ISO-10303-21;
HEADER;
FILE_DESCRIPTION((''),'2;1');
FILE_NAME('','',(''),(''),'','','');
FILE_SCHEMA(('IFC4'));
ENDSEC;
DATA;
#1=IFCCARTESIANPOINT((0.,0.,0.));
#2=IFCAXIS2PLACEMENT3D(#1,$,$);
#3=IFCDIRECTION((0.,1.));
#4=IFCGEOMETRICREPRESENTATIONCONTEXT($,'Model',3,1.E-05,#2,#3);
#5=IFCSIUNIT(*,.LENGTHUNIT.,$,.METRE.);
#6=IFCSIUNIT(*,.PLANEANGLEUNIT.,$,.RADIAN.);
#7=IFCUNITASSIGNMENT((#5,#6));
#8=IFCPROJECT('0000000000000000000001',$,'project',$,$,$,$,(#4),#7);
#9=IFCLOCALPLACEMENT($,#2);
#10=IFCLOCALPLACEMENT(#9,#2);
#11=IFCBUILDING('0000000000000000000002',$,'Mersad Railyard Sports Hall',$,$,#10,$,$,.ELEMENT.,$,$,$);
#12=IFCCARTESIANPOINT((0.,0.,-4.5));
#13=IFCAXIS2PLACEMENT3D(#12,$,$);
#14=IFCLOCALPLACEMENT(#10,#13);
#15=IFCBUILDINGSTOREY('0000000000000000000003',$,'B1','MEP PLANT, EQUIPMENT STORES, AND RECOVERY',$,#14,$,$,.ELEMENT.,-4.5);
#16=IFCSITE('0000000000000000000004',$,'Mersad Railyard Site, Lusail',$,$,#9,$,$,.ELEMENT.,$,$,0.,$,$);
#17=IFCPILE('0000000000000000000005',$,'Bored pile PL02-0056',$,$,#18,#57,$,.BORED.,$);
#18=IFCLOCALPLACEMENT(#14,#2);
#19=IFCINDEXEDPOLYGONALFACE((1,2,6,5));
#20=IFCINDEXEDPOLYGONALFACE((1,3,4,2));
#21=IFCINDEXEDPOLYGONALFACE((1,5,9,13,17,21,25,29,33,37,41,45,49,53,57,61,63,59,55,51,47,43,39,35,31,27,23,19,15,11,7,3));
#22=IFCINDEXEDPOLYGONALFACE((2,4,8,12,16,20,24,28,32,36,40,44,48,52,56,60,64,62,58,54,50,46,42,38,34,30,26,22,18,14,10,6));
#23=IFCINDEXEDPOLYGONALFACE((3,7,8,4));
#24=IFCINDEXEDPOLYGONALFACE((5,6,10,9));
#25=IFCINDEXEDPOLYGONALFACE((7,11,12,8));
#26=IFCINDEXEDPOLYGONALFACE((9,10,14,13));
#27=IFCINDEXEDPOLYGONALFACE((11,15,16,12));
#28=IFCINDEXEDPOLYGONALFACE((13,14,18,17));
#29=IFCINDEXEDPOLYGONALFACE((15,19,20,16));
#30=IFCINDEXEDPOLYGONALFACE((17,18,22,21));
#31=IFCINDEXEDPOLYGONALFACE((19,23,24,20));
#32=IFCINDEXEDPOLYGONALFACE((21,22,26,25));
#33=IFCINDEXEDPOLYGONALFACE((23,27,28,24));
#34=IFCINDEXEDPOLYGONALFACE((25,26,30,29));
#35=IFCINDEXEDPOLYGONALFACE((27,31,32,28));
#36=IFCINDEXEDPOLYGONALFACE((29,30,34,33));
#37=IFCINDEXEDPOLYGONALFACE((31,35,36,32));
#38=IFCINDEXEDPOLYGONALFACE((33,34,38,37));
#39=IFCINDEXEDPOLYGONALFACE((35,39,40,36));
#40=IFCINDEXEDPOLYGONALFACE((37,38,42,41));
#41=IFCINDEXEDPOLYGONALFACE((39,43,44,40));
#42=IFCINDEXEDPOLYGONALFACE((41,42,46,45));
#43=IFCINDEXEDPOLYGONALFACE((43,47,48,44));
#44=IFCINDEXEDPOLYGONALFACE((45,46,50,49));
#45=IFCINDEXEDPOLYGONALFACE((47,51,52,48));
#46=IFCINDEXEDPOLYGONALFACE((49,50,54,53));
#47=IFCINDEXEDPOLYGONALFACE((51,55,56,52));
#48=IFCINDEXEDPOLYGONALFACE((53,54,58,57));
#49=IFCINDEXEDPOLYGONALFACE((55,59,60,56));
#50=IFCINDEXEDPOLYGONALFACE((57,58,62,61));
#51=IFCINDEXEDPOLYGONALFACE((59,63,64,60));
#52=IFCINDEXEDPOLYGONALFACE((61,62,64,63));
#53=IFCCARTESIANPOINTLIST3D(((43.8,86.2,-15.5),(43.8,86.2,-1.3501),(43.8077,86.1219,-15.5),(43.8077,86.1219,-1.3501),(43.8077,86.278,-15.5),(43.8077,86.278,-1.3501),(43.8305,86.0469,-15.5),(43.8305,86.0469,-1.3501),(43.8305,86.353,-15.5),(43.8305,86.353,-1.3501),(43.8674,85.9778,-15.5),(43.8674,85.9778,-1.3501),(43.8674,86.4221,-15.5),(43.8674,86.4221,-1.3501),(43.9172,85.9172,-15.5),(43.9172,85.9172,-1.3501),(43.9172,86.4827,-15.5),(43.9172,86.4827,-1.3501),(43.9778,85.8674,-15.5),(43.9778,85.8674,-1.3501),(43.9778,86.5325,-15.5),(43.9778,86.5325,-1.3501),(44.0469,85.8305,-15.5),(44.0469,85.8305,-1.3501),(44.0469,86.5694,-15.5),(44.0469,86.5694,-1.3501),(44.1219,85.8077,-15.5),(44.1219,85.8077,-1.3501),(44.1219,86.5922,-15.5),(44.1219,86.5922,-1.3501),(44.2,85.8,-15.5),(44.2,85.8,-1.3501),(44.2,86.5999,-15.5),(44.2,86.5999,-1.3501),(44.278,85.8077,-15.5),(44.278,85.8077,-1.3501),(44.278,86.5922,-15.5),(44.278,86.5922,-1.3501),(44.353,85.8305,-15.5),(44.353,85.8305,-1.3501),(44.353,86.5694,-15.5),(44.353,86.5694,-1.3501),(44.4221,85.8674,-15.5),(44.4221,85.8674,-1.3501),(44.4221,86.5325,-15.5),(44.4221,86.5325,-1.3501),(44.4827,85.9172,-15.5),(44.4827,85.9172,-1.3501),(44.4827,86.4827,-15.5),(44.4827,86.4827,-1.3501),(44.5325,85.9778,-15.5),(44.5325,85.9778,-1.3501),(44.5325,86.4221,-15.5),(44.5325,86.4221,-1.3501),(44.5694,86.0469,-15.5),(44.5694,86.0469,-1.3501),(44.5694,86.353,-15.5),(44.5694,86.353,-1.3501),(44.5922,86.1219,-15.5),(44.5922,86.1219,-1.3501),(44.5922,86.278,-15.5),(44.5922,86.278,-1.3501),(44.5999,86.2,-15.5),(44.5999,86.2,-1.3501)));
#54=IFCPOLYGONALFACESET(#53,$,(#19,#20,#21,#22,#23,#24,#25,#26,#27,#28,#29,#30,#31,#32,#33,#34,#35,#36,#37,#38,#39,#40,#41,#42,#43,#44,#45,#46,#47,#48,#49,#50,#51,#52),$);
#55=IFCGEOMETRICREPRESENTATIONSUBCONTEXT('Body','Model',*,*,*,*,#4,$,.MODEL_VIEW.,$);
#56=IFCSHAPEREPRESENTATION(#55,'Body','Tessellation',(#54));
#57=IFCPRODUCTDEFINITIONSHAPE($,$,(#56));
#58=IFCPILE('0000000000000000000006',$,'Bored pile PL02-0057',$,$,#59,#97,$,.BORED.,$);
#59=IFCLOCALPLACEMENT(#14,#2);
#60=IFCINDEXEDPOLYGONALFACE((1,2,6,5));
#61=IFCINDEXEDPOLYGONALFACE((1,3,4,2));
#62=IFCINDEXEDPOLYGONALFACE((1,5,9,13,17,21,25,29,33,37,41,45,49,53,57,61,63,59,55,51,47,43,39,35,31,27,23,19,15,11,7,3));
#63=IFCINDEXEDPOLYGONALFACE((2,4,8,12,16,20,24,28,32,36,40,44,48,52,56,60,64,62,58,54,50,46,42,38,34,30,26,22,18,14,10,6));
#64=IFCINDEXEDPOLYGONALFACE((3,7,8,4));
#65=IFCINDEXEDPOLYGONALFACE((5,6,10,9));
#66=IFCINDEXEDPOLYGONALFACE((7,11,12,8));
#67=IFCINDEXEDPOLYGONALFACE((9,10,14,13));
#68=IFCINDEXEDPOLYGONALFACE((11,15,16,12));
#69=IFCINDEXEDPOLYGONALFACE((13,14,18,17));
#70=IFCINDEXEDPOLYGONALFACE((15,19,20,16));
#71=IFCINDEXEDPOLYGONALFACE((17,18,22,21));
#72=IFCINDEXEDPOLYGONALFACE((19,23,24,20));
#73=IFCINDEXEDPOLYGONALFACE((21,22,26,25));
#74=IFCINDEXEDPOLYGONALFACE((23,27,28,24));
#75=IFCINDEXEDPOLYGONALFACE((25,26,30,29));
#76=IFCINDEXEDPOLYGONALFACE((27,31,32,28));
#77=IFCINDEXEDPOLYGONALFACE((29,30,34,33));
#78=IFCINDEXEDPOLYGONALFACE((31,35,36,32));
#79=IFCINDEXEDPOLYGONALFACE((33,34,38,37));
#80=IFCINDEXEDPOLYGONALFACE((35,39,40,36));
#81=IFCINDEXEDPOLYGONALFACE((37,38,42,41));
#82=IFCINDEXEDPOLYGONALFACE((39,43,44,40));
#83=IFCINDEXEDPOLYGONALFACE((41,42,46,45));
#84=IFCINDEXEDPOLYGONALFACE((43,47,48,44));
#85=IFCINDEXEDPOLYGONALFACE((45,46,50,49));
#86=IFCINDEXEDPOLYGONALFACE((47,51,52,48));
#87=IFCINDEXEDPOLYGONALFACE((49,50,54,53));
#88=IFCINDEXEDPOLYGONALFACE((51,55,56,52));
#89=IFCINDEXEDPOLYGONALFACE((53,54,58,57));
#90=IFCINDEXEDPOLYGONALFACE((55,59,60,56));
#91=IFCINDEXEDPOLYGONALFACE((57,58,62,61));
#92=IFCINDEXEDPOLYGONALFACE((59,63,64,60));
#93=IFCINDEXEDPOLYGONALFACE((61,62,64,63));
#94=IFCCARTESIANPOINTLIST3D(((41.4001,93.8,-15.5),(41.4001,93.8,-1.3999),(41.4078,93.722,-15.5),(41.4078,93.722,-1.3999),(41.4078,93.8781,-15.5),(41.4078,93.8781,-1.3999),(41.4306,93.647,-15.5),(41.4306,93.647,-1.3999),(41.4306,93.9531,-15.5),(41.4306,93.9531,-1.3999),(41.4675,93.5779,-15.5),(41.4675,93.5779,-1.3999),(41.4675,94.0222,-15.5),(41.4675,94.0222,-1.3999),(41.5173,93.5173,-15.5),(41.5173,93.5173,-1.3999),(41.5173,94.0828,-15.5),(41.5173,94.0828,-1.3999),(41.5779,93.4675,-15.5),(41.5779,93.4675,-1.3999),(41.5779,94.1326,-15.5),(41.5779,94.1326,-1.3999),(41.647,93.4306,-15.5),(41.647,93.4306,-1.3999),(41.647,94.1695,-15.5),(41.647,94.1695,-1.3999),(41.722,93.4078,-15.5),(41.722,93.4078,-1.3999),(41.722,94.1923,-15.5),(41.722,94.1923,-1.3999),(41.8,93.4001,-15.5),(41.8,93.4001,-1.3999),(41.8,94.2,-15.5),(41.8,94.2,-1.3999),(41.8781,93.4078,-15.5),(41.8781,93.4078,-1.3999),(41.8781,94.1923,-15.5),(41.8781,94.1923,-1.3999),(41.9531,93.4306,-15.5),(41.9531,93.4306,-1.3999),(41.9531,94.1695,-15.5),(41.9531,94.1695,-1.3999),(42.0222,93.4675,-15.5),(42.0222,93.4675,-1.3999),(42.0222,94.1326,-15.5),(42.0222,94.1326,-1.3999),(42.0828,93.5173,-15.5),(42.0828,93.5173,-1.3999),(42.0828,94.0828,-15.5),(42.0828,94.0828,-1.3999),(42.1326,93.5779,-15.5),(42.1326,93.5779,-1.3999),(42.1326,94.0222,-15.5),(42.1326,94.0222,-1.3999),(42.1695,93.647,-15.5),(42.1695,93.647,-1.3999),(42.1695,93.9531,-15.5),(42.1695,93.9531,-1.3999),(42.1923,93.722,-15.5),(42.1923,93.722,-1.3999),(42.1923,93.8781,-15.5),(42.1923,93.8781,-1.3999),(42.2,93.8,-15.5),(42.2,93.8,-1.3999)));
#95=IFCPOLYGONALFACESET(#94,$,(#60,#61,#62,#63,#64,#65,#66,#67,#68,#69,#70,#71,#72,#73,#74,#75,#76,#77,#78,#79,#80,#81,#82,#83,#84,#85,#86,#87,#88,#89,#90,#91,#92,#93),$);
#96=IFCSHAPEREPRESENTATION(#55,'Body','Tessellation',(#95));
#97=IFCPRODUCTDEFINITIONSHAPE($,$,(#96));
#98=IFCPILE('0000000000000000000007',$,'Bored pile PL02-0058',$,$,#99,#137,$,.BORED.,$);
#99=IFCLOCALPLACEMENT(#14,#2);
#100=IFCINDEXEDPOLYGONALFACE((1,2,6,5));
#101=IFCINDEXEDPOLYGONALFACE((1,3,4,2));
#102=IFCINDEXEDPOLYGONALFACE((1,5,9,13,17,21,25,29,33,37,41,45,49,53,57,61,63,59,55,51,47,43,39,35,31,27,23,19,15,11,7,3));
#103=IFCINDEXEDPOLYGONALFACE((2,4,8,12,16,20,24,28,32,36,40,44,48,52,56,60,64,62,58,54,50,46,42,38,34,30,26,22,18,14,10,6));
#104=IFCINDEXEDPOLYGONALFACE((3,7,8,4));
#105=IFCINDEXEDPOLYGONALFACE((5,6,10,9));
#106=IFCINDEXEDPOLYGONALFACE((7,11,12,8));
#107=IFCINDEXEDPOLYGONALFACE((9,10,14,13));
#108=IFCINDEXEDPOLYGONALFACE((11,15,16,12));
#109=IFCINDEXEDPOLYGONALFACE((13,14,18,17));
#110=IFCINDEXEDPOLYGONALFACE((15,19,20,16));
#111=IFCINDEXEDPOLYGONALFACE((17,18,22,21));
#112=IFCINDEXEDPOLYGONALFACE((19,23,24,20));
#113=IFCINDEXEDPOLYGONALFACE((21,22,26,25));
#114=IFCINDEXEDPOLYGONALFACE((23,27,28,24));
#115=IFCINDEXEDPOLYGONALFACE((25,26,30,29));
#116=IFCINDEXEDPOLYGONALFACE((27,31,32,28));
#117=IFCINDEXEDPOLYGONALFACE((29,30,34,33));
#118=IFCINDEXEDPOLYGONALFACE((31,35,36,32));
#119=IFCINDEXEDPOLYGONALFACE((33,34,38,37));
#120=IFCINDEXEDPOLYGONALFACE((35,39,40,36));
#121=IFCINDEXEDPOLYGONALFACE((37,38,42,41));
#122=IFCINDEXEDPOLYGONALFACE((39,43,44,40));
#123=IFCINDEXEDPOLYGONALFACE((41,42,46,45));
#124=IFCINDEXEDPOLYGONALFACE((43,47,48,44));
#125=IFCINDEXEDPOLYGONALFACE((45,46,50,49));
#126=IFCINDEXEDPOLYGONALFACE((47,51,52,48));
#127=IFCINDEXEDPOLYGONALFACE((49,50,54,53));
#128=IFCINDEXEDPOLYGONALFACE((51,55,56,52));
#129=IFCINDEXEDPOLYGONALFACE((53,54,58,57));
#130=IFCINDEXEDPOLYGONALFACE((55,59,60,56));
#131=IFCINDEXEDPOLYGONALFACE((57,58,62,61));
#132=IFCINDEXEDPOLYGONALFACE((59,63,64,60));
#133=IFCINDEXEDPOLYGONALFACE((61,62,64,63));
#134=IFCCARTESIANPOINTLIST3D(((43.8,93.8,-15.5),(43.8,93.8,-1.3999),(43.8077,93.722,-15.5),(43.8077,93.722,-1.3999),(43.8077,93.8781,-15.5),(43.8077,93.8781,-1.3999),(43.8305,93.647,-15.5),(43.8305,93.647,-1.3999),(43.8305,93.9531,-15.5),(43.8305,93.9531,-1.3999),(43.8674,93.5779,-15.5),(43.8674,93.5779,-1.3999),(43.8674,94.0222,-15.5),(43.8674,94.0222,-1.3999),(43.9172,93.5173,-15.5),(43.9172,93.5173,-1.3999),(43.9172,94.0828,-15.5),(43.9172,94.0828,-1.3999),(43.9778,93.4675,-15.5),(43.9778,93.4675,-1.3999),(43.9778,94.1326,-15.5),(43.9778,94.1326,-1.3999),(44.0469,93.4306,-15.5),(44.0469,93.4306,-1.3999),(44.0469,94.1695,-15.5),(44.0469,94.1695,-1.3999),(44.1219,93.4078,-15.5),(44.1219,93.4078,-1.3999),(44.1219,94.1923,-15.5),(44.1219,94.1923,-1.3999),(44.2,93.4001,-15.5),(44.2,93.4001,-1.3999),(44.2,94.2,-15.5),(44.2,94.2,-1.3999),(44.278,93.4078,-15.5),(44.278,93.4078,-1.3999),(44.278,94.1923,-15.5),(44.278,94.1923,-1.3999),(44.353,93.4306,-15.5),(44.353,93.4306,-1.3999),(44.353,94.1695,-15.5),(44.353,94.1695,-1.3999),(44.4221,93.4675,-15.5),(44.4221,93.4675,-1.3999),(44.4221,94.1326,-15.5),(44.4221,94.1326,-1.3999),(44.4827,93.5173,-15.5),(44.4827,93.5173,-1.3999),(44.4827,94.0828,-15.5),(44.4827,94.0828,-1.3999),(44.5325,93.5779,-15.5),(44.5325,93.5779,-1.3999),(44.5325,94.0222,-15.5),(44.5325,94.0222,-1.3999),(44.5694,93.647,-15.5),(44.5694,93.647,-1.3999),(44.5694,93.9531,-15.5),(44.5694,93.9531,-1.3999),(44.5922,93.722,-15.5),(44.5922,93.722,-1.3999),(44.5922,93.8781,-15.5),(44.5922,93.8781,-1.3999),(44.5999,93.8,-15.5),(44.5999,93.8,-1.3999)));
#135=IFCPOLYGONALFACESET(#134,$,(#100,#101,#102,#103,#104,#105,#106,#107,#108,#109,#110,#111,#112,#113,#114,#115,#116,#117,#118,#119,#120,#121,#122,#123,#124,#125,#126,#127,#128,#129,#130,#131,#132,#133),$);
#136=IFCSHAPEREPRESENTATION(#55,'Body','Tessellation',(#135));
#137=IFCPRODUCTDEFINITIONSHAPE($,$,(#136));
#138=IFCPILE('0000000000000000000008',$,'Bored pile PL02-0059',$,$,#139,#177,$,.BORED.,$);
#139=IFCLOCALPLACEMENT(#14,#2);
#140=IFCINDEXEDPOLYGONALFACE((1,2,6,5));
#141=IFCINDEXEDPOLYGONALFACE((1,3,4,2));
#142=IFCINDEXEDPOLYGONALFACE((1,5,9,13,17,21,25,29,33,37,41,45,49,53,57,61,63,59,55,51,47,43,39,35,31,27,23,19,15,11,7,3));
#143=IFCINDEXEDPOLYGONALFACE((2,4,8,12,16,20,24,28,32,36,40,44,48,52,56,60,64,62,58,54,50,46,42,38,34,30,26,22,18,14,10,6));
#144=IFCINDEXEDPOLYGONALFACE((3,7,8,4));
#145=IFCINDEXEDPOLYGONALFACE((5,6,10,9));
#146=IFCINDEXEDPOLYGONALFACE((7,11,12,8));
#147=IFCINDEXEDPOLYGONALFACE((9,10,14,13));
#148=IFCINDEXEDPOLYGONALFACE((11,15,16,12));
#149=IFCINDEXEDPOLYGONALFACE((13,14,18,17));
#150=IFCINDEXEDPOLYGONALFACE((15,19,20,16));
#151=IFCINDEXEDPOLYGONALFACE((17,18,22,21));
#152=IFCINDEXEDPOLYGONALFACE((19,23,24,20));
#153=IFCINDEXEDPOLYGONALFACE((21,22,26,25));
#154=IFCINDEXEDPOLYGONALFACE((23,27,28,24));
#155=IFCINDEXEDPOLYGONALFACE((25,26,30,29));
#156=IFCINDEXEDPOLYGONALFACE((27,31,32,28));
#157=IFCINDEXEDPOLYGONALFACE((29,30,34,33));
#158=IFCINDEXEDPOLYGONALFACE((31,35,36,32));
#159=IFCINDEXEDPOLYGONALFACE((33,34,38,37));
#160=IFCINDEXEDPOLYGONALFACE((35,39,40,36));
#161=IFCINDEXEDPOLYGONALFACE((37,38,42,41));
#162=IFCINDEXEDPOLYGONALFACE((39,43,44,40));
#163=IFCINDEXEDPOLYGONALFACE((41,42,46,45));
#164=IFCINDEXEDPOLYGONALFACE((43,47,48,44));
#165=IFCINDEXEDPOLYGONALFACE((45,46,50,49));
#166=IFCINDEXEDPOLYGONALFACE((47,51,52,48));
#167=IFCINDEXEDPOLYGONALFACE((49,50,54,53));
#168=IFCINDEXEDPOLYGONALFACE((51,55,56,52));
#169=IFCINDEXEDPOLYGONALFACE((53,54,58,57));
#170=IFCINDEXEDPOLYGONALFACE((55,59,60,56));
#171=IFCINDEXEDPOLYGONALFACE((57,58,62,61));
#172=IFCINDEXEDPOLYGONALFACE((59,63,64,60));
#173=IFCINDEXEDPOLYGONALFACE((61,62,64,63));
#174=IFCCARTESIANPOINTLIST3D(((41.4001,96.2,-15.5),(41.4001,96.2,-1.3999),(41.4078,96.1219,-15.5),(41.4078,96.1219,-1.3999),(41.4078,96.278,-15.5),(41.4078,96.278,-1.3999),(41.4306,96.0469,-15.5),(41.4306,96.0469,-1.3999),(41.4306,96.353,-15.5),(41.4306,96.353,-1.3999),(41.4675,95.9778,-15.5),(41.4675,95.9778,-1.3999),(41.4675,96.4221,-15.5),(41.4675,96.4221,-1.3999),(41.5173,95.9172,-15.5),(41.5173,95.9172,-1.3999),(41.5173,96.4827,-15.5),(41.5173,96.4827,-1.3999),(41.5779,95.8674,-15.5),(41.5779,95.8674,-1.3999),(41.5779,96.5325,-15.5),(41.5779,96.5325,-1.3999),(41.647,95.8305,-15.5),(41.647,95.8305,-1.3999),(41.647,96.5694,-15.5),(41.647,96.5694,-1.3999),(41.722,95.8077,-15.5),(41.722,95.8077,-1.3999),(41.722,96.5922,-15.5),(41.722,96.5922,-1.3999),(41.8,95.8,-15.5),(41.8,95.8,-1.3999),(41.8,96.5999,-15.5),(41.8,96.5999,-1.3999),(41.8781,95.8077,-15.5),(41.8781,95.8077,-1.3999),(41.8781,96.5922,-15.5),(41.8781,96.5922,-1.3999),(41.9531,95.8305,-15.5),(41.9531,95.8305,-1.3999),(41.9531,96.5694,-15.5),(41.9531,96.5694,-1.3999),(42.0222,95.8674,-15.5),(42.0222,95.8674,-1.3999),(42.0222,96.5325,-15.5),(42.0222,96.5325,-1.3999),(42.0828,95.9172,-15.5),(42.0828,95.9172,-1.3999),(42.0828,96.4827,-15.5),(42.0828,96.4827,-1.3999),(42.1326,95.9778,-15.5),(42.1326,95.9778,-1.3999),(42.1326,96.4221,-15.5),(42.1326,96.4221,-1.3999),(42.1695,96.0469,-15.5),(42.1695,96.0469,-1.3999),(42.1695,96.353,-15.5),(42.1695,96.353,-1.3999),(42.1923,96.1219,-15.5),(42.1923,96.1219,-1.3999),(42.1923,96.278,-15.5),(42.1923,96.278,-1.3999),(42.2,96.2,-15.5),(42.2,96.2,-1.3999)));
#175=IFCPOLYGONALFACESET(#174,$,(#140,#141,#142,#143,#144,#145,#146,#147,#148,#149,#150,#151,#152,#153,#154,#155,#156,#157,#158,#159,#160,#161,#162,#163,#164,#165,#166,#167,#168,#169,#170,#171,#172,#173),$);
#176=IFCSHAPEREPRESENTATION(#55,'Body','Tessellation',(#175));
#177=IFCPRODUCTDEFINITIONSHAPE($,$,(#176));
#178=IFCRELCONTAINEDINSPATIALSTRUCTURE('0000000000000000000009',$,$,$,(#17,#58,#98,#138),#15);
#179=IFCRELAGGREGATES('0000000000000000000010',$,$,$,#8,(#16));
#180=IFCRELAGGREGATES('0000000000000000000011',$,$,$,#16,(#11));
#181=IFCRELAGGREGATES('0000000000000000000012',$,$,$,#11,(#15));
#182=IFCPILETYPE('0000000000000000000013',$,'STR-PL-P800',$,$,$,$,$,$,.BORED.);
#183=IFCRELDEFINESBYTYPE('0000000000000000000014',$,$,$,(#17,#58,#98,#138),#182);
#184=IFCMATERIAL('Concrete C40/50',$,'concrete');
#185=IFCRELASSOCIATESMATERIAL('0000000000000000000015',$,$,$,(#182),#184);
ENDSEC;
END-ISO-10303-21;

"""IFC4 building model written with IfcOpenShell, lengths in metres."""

from ifc_helpers import new_model, si_unit, direction, frame, origin, origin_2d, place, context, subcontext, project, spatial, circle, extrude, material, material_profile, profile_set, type_object, element, save


model = new_model("IFC4")

# Units and contexts
model_context = context("Model", 3, precision=1e-05, world=origin(), true_north=direction((0.0, 1.0)))
body_context = subcontext(model_context, "Body", "Model", "MODEL_VIEW")
ifc_project = project(units=[si_unit("LENGTHUNIT", "METRE"), si_unit("PLANEANGLEUNIT", "RADIAN")], contexts=[model_context])

# Site, building, storey
site_placement = place(None, origin())
site = spatial("IfcSite", under=ifc_project, at=site_placement, Name="Mersad Railyard Site, Lusail", CompositionType="ELEMENT", RefElevation=0.0)
building_placement = place(site_placement, origin())
building = spatial("IfcBuilding", under=site, at=building_placement, Name="Mersad Railyard Sports Hall", CompositionType="ELEMENT")
storey_placement = place(building_placement, frame((0.0, 0.0, -4.5)))
storey = spatial("IfcBuildingStorey", under=building, at=storey_placement, Name="B1", Description="MEP PLANT, EQUIPMENT STORES, AND RECOVERY", CompositionType="ELEMENT", Elevation=-4.5)

# Shared definitions
ifc_material_1 = material(Name="Concrete C40/50", Category="concrete")

# Piles
ifc_material_profile_1 = material_profile(ifc_material_1, circle(Radius=0.3999, at=origin_2d()), Name="BORED PILE D800")
ifc_profile_set_1 = profile_set([ifc_material_profile_1], Name="Concrete C40/50")
pile_type_1 = type_object("IfcPileType", Name="STR-PL-P800", PredefinedType="BORED", material=ifc_profile_set_1)
for number, where, z_axis, x_axis, name in (
    (1, (44.2, 86.2, -1.3501), (0.0, 0.0, -1.0), (1.0, 0.0, 0.0), "Bored pile PL02-0056"),
):
    element("IfcPile", number, at=place(storey_placement, frame(where, z_axis=z_axis, x_axis=x_axis)), inside=storey, type_object=pile_type_1, Name=name, PredefinedType="BORED", context=body_context, shape_type="SweptSolid", body=[
        extrude(circle(Radius=0.3999, at=origin_2d()), origin(), (0.0, 0.0, 1.0), 14.1499),
    ])
for number, where, z_axis, x_axis, name in (
    (2, (41.8, 93.8, -1.3999), (0.0, 0.0, -1.0), (1.0, 0.0, 0.0), "Bored pile PL02-0057"),
    (3, (44.2, 93.8, -1.3999), (0.0, 0.0, -1.0), (1.0, 0.0, 0.0), "Bored pile PL02-0058"),
    (4, (41.8, 96.2, -1.3999), (0.0, 0.0, -1.0), (1.0, 0.0, 0.0), "Bored pile PL02-0059"),
):
    element("IfcPile", number, at=place(storey_placement, frame(where, z_axis=z_axis, x_axis=x_axis)), inside=storey, type_object=pile_type_1, Name=name, PredefinedType="BORED", context=body_context, shape_type="SweptSolid", body=[
        extrude(circle(Radius=0.3999, at=origin_2d()), origin(), (0.0, 0.0, 1.0), 14.1001),
    ])

save(model, "model.ifc")
